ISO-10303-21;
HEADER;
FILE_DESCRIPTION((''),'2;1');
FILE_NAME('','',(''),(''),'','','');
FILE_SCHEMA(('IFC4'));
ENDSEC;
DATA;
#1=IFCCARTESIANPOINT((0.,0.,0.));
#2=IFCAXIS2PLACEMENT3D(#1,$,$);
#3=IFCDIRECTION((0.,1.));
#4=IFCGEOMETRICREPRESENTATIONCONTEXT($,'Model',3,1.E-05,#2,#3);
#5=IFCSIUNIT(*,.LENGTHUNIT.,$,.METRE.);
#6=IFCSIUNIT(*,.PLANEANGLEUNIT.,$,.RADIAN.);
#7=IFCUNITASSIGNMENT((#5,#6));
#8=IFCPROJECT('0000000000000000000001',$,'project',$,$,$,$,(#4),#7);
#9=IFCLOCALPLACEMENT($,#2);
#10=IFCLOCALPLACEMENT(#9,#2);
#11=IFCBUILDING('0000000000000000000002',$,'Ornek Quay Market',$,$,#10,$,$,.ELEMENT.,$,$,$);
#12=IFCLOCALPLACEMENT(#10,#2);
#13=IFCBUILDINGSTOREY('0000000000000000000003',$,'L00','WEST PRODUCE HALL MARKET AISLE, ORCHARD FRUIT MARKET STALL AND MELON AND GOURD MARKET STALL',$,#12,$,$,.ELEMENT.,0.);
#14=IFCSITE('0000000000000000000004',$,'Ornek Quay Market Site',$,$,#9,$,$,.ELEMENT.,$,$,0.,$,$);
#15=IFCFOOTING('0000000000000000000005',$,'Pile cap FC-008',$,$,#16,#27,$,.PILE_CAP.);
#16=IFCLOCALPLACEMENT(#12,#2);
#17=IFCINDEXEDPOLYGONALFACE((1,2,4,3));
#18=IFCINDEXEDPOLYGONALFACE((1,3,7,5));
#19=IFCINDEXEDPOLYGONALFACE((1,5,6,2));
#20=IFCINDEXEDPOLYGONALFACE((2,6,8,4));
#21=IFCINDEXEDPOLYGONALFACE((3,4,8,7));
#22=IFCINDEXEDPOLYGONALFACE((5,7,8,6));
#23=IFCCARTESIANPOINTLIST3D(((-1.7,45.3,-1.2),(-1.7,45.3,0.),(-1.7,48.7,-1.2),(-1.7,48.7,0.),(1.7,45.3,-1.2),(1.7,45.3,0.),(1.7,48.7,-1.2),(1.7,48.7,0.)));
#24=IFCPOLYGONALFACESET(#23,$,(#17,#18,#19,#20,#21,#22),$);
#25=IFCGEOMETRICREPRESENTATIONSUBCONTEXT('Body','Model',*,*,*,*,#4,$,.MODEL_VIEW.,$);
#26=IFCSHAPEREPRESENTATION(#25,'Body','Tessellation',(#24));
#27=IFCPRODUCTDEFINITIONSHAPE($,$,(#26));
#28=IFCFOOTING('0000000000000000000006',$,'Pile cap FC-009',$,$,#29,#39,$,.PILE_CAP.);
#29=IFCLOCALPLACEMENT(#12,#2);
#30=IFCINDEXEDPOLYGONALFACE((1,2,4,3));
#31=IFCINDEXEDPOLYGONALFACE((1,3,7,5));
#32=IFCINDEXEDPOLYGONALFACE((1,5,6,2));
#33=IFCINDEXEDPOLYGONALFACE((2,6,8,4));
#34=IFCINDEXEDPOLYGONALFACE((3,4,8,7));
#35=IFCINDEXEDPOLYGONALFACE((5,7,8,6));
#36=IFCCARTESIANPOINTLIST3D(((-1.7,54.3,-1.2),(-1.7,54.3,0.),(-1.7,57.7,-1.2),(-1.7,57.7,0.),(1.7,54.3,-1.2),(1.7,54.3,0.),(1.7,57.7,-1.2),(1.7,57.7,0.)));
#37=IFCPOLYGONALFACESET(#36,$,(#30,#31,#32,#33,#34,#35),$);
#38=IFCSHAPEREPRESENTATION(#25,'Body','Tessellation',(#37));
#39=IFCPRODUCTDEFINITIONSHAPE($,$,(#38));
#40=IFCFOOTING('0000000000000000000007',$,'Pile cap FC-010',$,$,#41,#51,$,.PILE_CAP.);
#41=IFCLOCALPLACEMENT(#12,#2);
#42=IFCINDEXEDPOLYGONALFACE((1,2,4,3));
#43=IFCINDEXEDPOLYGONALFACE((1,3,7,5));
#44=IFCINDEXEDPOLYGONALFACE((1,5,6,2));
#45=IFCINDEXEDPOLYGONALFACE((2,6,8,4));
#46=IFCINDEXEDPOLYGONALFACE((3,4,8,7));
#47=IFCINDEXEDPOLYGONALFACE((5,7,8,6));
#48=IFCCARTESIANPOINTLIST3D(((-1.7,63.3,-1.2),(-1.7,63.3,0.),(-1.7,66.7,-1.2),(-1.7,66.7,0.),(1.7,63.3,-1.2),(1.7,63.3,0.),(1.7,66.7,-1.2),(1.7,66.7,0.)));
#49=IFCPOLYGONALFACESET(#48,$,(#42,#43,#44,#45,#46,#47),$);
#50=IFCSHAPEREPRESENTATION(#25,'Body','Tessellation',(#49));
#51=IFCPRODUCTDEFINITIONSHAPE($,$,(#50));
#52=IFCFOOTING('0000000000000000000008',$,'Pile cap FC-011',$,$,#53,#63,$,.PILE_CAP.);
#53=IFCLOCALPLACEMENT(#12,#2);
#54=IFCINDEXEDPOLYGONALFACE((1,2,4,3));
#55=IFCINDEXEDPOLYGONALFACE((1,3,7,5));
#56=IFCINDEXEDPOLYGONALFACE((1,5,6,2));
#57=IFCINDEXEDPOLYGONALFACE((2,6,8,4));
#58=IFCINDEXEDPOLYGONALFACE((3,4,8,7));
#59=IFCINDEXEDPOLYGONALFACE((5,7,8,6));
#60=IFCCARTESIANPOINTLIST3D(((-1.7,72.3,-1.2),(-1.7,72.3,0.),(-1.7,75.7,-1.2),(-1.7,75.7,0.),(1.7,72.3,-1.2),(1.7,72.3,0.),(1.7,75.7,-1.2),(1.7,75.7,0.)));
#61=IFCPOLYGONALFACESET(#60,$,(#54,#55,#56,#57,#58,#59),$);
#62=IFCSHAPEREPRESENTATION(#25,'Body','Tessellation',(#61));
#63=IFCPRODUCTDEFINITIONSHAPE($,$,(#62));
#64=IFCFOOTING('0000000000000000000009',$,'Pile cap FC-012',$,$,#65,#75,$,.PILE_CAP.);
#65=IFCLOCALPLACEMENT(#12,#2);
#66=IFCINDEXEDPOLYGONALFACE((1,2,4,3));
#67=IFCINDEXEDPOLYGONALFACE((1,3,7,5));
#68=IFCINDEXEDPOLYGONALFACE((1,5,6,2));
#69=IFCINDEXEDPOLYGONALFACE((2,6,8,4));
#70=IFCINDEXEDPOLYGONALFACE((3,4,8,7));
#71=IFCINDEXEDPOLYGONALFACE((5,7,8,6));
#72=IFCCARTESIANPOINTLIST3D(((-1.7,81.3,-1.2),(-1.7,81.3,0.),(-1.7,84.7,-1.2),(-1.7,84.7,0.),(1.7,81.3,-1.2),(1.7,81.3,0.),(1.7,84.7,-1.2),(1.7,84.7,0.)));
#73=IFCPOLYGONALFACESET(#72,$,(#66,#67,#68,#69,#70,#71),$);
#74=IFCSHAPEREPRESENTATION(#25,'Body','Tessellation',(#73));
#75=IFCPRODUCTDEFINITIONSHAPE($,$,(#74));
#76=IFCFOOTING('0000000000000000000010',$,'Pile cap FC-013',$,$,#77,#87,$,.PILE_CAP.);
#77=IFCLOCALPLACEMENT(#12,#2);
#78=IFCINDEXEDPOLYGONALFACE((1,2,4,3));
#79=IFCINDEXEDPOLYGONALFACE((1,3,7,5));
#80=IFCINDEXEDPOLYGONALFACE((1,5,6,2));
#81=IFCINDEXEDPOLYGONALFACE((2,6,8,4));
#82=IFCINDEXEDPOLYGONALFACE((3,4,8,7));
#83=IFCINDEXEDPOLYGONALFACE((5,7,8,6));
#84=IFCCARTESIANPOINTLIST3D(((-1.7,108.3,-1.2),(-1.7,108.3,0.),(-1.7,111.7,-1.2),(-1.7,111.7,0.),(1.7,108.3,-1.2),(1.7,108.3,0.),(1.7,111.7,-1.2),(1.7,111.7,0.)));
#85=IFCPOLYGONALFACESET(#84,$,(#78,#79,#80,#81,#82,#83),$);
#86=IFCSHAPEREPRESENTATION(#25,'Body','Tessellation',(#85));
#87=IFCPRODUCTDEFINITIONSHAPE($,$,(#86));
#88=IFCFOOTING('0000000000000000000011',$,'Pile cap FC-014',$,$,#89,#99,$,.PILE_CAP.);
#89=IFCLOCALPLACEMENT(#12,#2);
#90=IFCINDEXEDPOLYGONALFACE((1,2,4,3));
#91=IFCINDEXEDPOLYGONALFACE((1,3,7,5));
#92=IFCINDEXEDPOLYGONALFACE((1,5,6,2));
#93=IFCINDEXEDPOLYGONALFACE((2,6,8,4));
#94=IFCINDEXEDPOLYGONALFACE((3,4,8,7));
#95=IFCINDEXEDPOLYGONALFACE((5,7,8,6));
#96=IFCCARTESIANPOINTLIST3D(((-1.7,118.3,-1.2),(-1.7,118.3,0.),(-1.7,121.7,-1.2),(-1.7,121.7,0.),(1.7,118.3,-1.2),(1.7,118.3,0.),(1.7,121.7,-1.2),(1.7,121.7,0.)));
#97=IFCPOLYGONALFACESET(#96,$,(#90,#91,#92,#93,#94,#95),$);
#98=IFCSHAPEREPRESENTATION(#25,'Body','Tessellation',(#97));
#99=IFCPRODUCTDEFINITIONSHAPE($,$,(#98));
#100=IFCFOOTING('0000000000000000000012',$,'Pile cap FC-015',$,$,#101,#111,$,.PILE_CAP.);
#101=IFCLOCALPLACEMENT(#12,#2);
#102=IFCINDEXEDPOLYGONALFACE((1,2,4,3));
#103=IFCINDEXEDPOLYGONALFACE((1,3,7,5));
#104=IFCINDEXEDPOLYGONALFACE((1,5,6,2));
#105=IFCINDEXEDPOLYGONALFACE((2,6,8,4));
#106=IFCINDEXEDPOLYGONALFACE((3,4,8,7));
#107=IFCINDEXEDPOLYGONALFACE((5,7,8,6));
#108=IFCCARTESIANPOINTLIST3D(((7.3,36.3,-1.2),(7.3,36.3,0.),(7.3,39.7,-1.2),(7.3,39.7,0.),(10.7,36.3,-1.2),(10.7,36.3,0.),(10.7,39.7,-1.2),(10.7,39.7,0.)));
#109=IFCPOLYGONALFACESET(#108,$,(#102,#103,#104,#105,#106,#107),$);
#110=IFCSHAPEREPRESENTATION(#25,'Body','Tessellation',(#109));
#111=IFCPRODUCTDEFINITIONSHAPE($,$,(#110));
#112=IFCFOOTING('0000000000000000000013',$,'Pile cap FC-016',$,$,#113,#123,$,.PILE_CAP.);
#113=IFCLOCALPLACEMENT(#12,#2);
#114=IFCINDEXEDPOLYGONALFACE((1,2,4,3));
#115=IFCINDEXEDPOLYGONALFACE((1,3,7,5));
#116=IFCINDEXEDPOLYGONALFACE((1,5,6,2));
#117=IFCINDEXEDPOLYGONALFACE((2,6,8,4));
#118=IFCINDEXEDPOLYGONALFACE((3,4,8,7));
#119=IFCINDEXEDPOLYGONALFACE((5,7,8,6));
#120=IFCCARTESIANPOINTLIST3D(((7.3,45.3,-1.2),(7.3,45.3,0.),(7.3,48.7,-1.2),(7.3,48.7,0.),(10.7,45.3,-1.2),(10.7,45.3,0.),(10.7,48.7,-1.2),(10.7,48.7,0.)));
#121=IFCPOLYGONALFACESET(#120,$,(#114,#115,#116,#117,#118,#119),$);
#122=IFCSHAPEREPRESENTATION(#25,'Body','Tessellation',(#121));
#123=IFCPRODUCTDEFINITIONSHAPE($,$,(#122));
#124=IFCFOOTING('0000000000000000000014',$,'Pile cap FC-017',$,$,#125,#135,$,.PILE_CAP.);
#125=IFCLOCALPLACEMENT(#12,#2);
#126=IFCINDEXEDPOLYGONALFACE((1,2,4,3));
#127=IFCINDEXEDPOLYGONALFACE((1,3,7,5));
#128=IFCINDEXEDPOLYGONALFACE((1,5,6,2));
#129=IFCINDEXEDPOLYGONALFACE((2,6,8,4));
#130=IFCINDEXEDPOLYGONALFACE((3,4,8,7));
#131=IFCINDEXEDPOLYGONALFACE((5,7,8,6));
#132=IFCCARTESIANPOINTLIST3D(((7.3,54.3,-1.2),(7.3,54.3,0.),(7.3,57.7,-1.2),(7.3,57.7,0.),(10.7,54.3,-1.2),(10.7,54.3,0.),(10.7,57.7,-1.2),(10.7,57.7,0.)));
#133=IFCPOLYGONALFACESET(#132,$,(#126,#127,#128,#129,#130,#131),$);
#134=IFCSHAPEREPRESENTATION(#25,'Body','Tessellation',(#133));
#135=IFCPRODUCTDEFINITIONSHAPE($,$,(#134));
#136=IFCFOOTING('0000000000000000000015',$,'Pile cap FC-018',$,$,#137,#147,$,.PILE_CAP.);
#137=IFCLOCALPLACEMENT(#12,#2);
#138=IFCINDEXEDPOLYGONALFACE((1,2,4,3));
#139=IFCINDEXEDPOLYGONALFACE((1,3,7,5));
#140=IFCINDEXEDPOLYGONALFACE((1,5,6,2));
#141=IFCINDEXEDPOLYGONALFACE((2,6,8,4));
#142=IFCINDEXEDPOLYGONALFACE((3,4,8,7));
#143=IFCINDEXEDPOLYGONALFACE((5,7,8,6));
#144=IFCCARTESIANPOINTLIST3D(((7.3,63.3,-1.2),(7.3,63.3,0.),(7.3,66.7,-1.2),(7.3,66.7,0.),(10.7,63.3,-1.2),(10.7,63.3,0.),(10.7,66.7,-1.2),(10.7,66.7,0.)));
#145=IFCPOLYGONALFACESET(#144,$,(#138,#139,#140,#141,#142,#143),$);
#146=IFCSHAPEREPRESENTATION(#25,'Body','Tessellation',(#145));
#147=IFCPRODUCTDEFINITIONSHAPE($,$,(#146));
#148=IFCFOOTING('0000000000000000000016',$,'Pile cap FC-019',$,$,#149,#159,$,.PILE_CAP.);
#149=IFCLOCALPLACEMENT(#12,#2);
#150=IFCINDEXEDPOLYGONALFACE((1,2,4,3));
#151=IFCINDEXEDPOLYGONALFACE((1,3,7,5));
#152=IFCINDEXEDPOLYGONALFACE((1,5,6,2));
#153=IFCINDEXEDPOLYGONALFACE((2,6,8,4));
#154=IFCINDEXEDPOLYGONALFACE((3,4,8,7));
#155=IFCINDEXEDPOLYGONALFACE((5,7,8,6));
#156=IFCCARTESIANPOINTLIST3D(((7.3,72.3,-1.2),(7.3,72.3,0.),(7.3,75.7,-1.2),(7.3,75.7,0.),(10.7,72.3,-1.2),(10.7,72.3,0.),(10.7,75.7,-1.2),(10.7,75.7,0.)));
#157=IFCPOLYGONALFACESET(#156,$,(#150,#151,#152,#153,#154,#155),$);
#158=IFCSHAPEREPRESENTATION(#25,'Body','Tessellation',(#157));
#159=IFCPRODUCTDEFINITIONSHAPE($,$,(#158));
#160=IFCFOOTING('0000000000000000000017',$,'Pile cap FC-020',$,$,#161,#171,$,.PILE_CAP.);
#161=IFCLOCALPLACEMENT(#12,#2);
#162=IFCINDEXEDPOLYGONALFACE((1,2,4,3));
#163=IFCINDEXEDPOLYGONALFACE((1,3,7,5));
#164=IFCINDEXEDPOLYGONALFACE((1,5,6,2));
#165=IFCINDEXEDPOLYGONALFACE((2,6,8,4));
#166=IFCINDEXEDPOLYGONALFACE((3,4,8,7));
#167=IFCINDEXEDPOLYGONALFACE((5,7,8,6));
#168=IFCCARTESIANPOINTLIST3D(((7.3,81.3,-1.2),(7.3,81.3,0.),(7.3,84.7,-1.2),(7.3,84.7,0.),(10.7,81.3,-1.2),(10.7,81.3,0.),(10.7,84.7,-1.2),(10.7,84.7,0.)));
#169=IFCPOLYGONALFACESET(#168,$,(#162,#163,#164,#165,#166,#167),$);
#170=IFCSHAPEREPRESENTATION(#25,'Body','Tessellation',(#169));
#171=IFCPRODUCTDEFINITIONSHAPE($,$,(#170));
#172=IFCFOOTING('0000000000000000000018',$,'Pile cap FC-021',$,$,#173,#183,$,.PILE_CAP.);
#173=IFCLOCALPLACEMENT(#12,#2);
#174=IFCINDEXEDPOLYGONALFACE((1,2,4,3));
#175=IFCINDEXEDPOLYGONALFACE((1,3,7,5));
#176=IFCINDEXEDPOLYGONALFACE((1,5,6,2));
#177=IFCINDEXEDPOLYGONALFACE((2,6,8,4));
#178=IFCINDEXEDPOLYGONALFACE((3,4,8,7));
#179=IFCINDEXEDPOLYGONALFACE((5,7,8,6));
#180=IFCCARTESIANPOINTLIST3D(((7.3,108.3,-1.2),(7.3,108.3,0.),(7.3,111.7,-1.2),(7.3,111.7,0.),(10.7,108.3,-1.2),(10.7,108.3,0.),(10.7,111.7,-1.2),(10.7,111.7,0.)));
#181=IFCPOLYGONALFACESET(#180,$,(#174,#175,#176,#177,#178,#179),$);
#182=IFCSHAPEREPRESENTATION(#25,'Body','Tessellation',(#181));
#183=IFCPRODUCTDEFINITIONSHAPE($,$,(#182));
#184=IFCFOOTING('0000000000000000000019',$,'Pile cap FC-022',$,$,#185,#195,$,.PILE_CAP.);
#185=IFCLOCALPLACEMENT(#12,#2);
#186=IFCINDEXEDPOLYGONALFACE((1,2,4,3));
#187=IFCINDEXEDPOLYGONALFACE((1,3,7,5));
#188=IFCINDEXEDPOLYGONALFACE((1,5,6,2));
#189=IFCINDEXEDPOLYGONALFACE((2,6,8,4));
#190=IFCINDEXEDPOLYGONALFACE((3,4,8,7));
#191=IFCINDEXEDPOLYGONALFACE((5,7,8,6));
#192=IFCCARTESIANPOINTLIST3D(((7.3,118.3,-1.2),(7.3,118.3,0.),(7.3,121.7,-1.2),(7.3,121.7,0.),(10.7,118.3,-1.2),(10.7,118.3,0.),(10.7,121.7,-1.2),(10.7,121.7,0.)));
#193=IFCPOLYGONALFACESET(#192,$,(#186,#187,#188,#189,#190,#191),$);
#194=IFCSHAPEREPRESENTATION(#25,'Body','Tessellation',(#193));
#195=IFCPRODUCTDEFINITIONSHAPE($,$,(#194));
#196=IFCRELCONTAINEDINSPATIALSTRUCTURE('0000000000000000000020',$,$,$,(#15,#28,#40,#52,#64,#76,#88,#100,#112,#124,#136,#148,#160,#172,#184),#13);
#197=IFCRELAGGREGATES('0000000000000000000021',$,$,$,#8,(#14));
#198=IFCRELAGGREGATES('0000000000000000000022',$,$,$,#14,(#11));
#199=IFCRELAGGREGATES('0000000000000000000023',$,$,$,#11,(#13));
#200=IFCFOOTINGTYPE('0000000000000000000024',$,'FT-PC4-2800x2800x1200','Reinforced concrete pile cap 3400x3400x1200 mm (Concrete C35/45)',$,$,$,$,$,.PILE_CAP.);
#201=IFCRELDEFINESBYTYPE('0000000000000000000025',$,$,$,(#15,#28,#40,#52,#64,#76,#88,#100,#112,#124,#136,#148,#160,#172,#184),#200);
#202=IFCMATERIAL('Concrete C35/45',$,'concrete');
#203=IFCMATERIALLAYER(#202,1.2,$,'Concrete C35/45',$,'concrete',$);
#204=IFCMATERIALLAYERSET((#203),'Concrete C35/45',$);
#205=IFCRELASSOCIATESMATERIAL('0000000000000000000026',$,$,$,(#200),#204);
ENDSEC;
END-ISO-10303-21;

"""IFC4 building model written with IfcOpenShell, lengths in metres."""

from ifc_helpers import new_model, si_unit, direction, frame, origin, place, context, subcontext, project, spatial, polyline, outline, extrude, material, layer, layer_set, type_object, element, save


model = new_model("IFC4")

# Units and contexts
model_context = context("Model", 3, precision=1e-05, world=origin(), true_north=direction((0.0, 1.0)))
body_context = subcontext(model_context, "Body", "Model", "MODEL_VIEW")
ifc_project = project(units=[si_unit("LENGTHUNIT", "METRE"), si_unit("PLANEANGLEUNIT", "RADIAN")], contexts=[model_context])

# Site, building, storey
site_placement = place(None, origin())
site = spatial("IfcSite", under=ifc_project, at=site_placement, Name="Ornek Quay Market Site", CompositionType="ELEMENT", RefElevation=0.0)
building_placement = place(site_placement, origin())
building = spatial("IfcBuilding", under=site, at=building_placement, Name="Ornek Quay Market", CompositionType="ELEMENT")
storey_placement = place(building_placement, origin())
storey = spatial("IfcBuildingStorey", under=building, at=storey_placement, Name="L00", Description="WEST PRODUCE HALL MARKET AISLE, ORCHARD FRUIT MARKET STALL AND MELON AND GOURD MARKET STALL", CompositionType="ELEMENT", Elevation=0.0)

# Footings
ifc_material = material(Name="Concrete C35/45", Category="concrete")
ifc_layer = layer(ifc_material, 1.2, Name="Concrete C35/45", Category="concrete")
ifc_layer_set = layer_set([ifc_layer], Name="Concrete C35/45")
footing_type = type_object("IfcFootingType", Name="FT-PC4-2800x2800x1200", Description="Reinforced concrete pile cap 3400x3400x1200 mm (Concrete C35/45)", PredefinedType="PILE_CAP", material=ifc_layer_set)
footing_1_placement = place(storey_placement, frame((0.0, 0.0, -1.2)))
element("IfcFooting", 1, at=footing_1_placement, inside=storey, type_object=footing_type, Name="Pile cap FC-008", PredefinedType="PILE_CAP", context=body_context, shape_type="SweptSolid", body=[
    extrude(outline(polyline([(-1.7, 45.3), (1.7, 45.3), (1.7, 48.7), (-1.7, 48.7), (-1.7, 45.3)])), origin(), (0.0, 0.0, 1.0), 1.2),
])
footing_2_placement = place(storey_placement, frame((0.0, 0.0, -1.2)))
element("IfcFooting", 2, at=footing_2_placement, inside=storey, type_object=footing_type, Name="Pile cap FC-009", PredefinedType="PILE_CAP", context=body_context, shape_type="SweptSolid", body=[
    extrude(outline(polyline([(-1.7, 54.3), (1.7, 54.3), (1.7, 57.7), (-1.7, 57.7), (-1.7, 54.3)])), origin(), (0.0, 0.0, 1.0), 1.2),
])
footing_3_placement = place(storey_placement, frame((0.0, 0.0, -1.2)))
element("IfcFooting", 3, at=footing_3_placement, inside=storey, type_object=footing_type, Name="Pile cap FC-010", PredefinedType="PILE_CAP", context=body_context, shape_type="SweptSolid", body=[
    extrude(outline(polyline([(-1.7, 63.3), (1.7, 63.3), (1.7, 66.7), (-1.7, 66.7), (-1.7, 63.3)])), origin(), (0.0, 0.0, 1.0), 1.2),
])
footing_4_placement = place(storey_placement, frame((0.0, 0.0, -1.2)))
element("IfcFooting", 4, at=footing_4_placement, inside=storey, type_object=footing_type, Name="Pile cap FC-011", PredefinedType="PILE_CAP", context=body_context, shape_type="SweptSolid", body=[
    extrude(outline(polyline([(-1.7, 72.3), (1.7, 72.3), (1.7, 75.7), (-1.7, 75.7), (-1.7, 72.3)])), origin(), (0.0, 0.0, 1.0), 1.2),
])
footing_5_placement = place(storey_placement, frame((0.0, 0.0, -1.2)))
element("IfcFooting", 5, at=footing_5_placement, inside=storey, type_object=footing_type, Name="Pile cap FC-012", PredefinedType="PILE_CAP", context=body_context, shape_type="SweptSolid", body=[
    extrude(outline(polyline([(-1.7, 81.3), (1.7, 81.3), (1.7, 84.7), (-1.7, 84.7), (-1.7, 81.3)])), origin(), (0.0, 0.0, 1.0), 1.2),
])
footing_6_placement = place(storey_placement, frame((0.0, 0.0, -1.2)))
element("IfcFooting", 6, at=footing_6_placement, inside=storey, type_object=footing_type, Name="Pile cap FC-013", PredefinedType="PILE_CAP", context=body_context, shape_type="SweptSolid", body=[
    extrude(outline(polyline([(-1.7, 108.3), (1.7, 108.3), (1.7, 111.7), (-1.7, 111.7), (-1.7, 108.3)])), origin(), (0.0, 0.0, 1.0), 1.2),
])
footing_7_placement = place(storey_placement, frame((0.0, 0.0, -1.2)))
element("IfcFooting", 7, at=footing_7_placement, inside=storey, type_object=footing_type, Name="Pile cap FC-014", PredefinedType="PILE_CAP", context=body_context, shape_type="SweptSolid", body=[
    extrude(outline(polyline([(-1.7, 118.3), (1.7, 118.3), (1.7, 121.7), (-1.7, 121.7), (-1.7, 118.3)])), origin(), (0.0, 0.0, 1.0), 1.2),
])
footing_8_placement = place(storey_placement, frame((0.0, 0.0, -1.2)))
element("IfcFooting", 8, at=footing_8_placement, inside=storey, type_object=footing_type, Name="Pile cap FC-015", PredefinedType="PILE_CAP", context=body_context, shape_type="SweptSolid", body=[
    extrude(outline(polyline([(7.3, 36.3), (10.7, 36.3), (10.7, 39.7), (7.3, 39.7), (7.3, 36.3)])), origin(), (0.0, 0.0, 1.0), 1.2),
])
footing_9_placement = place(storey_placement, frame((0.0, 0.0, -1.2)))
element("IfcFooting", 9, at=footing_9_placement, inside=storey, type_object=footing_type, Name="Pile cap FC-016", PredefinedType="PILE_CAP", context=body_context, shape_type="SweptSolid", body=[
    extrude(outline(polyline([(7.3, 45.3), (10.7, 45.3), (10.7, 48.7), (7.3, 48.7), (7.3, 45.3)])), origin(), (0.0, 0.0, 1.0), 1.2),
])
footing_10_placement = place(storey_placement, frame((0.0, 0.0, -1.2)))
element("IfcFooting", 10, at=footing_10_placement, inside=storey, type_object=footing_type, Name="Pile cap FC-017", PredefinedType="PILE_CAP", context=body_context, shape_type="SweptSolid", body=[
    extrude(outline(polyline([(7.3, 54.3), (10.7, 54.3), (10.7, 57.7), (7.3, 57.7), (7.3, 54.3)])), origin(), (0.0, 0.0, 1.0), 1.2),
])
footing_11_placement = place(storey_placement, frame((0.0, 0.0, -1.2)))
element("IfcFooting", 11, at=footing_11_placement, inside=storey, type_object=footing_type, Name="Pile cap FC-018", PredefinedType="PILE_CAP", context=body_context, shape_type="SweptSolid", body=[
    extrude(outline(polyline([(7.3, 63.3), (10.7, 63.3), (10.7, 66.7), (7.3, 66.7), (7.3, 63.3)])), origin(), (0.0, 0.0, 1.0), 1.2),
])
footing_12_placement = place(storey_placement, frame((0.0, 0.0, -1.2)))
element("IfcFooting", 12, at=footing_12_placement, inside=storey, type_object=footing_type, Name="Pile cap FC-019", PredefinedType="PILE_CAP", context=body_context, shape_type="SweptSolid", body=[
    extrude(outline(polyline([(7.3, 72.3), (10.7, 72.3), (10.7, 75.7), (7.3, 75.7), (7.3, 72.3)])), origin(), (0.0, 0.0, 1.0), 1.2),
])
footing_13_placement = place(storey_placement, frame((0.0, 0.0, -1.2)))
element("IfcFooting", 13, at=footing_13_placement, inside=storey, type_object=footing_type, Name="Pile cap FC-020", PredefinedType="PILE_CAP", context=body_context, shape_type="SweptSolid", body=[
    extrude(outline(polyline([(7.3, 81.3), (10.7, 81.3), (10.7, 84.7), (7.3, 84.7), (7.3, 81.3)])), origin(), (0.0, 0.0, 1.0), 1.2),
])
footing_14_placement = place(storey_placement, frame((0.0, 0.0, -1.2)))
element("IfcFooting", 14, at=footing_14_placement, inside=storey, type_object=footing_type, Name="Pile cap FC-021", PredefinedType="PILE_CAP", context=body_context, shape_type="SweptSolid", body=[
    extrude(outline(polyline([(7.3, 108.3), (10.7, 108.3), (10.7, 111.7), (7.3, 111.7), (7.3, 108.3)])), origin(), (0.0, 0.0, 1.0), 1.2),
])
footing_15_placement = place(storey_placement, frame((0.0, 0.0, -1.2)))
element("IfcFooting", 15, at=footing_15_placement, inside=storey, type_object=footing_type, Name="Pile cap FC-022", PredefinedType="PILE_CAP", context=body_context, shape_type="SweptSolid", body=[
    extrude(outline(polyline([(7.3, 118.3), (10.7, 118.3), (10.7, 121.7), (7.3, 121.7), (7.3, 118.3)])), origin(), (0.0, 0.0, 1.0), 1.2),
])

save(model, "model.ifc")
